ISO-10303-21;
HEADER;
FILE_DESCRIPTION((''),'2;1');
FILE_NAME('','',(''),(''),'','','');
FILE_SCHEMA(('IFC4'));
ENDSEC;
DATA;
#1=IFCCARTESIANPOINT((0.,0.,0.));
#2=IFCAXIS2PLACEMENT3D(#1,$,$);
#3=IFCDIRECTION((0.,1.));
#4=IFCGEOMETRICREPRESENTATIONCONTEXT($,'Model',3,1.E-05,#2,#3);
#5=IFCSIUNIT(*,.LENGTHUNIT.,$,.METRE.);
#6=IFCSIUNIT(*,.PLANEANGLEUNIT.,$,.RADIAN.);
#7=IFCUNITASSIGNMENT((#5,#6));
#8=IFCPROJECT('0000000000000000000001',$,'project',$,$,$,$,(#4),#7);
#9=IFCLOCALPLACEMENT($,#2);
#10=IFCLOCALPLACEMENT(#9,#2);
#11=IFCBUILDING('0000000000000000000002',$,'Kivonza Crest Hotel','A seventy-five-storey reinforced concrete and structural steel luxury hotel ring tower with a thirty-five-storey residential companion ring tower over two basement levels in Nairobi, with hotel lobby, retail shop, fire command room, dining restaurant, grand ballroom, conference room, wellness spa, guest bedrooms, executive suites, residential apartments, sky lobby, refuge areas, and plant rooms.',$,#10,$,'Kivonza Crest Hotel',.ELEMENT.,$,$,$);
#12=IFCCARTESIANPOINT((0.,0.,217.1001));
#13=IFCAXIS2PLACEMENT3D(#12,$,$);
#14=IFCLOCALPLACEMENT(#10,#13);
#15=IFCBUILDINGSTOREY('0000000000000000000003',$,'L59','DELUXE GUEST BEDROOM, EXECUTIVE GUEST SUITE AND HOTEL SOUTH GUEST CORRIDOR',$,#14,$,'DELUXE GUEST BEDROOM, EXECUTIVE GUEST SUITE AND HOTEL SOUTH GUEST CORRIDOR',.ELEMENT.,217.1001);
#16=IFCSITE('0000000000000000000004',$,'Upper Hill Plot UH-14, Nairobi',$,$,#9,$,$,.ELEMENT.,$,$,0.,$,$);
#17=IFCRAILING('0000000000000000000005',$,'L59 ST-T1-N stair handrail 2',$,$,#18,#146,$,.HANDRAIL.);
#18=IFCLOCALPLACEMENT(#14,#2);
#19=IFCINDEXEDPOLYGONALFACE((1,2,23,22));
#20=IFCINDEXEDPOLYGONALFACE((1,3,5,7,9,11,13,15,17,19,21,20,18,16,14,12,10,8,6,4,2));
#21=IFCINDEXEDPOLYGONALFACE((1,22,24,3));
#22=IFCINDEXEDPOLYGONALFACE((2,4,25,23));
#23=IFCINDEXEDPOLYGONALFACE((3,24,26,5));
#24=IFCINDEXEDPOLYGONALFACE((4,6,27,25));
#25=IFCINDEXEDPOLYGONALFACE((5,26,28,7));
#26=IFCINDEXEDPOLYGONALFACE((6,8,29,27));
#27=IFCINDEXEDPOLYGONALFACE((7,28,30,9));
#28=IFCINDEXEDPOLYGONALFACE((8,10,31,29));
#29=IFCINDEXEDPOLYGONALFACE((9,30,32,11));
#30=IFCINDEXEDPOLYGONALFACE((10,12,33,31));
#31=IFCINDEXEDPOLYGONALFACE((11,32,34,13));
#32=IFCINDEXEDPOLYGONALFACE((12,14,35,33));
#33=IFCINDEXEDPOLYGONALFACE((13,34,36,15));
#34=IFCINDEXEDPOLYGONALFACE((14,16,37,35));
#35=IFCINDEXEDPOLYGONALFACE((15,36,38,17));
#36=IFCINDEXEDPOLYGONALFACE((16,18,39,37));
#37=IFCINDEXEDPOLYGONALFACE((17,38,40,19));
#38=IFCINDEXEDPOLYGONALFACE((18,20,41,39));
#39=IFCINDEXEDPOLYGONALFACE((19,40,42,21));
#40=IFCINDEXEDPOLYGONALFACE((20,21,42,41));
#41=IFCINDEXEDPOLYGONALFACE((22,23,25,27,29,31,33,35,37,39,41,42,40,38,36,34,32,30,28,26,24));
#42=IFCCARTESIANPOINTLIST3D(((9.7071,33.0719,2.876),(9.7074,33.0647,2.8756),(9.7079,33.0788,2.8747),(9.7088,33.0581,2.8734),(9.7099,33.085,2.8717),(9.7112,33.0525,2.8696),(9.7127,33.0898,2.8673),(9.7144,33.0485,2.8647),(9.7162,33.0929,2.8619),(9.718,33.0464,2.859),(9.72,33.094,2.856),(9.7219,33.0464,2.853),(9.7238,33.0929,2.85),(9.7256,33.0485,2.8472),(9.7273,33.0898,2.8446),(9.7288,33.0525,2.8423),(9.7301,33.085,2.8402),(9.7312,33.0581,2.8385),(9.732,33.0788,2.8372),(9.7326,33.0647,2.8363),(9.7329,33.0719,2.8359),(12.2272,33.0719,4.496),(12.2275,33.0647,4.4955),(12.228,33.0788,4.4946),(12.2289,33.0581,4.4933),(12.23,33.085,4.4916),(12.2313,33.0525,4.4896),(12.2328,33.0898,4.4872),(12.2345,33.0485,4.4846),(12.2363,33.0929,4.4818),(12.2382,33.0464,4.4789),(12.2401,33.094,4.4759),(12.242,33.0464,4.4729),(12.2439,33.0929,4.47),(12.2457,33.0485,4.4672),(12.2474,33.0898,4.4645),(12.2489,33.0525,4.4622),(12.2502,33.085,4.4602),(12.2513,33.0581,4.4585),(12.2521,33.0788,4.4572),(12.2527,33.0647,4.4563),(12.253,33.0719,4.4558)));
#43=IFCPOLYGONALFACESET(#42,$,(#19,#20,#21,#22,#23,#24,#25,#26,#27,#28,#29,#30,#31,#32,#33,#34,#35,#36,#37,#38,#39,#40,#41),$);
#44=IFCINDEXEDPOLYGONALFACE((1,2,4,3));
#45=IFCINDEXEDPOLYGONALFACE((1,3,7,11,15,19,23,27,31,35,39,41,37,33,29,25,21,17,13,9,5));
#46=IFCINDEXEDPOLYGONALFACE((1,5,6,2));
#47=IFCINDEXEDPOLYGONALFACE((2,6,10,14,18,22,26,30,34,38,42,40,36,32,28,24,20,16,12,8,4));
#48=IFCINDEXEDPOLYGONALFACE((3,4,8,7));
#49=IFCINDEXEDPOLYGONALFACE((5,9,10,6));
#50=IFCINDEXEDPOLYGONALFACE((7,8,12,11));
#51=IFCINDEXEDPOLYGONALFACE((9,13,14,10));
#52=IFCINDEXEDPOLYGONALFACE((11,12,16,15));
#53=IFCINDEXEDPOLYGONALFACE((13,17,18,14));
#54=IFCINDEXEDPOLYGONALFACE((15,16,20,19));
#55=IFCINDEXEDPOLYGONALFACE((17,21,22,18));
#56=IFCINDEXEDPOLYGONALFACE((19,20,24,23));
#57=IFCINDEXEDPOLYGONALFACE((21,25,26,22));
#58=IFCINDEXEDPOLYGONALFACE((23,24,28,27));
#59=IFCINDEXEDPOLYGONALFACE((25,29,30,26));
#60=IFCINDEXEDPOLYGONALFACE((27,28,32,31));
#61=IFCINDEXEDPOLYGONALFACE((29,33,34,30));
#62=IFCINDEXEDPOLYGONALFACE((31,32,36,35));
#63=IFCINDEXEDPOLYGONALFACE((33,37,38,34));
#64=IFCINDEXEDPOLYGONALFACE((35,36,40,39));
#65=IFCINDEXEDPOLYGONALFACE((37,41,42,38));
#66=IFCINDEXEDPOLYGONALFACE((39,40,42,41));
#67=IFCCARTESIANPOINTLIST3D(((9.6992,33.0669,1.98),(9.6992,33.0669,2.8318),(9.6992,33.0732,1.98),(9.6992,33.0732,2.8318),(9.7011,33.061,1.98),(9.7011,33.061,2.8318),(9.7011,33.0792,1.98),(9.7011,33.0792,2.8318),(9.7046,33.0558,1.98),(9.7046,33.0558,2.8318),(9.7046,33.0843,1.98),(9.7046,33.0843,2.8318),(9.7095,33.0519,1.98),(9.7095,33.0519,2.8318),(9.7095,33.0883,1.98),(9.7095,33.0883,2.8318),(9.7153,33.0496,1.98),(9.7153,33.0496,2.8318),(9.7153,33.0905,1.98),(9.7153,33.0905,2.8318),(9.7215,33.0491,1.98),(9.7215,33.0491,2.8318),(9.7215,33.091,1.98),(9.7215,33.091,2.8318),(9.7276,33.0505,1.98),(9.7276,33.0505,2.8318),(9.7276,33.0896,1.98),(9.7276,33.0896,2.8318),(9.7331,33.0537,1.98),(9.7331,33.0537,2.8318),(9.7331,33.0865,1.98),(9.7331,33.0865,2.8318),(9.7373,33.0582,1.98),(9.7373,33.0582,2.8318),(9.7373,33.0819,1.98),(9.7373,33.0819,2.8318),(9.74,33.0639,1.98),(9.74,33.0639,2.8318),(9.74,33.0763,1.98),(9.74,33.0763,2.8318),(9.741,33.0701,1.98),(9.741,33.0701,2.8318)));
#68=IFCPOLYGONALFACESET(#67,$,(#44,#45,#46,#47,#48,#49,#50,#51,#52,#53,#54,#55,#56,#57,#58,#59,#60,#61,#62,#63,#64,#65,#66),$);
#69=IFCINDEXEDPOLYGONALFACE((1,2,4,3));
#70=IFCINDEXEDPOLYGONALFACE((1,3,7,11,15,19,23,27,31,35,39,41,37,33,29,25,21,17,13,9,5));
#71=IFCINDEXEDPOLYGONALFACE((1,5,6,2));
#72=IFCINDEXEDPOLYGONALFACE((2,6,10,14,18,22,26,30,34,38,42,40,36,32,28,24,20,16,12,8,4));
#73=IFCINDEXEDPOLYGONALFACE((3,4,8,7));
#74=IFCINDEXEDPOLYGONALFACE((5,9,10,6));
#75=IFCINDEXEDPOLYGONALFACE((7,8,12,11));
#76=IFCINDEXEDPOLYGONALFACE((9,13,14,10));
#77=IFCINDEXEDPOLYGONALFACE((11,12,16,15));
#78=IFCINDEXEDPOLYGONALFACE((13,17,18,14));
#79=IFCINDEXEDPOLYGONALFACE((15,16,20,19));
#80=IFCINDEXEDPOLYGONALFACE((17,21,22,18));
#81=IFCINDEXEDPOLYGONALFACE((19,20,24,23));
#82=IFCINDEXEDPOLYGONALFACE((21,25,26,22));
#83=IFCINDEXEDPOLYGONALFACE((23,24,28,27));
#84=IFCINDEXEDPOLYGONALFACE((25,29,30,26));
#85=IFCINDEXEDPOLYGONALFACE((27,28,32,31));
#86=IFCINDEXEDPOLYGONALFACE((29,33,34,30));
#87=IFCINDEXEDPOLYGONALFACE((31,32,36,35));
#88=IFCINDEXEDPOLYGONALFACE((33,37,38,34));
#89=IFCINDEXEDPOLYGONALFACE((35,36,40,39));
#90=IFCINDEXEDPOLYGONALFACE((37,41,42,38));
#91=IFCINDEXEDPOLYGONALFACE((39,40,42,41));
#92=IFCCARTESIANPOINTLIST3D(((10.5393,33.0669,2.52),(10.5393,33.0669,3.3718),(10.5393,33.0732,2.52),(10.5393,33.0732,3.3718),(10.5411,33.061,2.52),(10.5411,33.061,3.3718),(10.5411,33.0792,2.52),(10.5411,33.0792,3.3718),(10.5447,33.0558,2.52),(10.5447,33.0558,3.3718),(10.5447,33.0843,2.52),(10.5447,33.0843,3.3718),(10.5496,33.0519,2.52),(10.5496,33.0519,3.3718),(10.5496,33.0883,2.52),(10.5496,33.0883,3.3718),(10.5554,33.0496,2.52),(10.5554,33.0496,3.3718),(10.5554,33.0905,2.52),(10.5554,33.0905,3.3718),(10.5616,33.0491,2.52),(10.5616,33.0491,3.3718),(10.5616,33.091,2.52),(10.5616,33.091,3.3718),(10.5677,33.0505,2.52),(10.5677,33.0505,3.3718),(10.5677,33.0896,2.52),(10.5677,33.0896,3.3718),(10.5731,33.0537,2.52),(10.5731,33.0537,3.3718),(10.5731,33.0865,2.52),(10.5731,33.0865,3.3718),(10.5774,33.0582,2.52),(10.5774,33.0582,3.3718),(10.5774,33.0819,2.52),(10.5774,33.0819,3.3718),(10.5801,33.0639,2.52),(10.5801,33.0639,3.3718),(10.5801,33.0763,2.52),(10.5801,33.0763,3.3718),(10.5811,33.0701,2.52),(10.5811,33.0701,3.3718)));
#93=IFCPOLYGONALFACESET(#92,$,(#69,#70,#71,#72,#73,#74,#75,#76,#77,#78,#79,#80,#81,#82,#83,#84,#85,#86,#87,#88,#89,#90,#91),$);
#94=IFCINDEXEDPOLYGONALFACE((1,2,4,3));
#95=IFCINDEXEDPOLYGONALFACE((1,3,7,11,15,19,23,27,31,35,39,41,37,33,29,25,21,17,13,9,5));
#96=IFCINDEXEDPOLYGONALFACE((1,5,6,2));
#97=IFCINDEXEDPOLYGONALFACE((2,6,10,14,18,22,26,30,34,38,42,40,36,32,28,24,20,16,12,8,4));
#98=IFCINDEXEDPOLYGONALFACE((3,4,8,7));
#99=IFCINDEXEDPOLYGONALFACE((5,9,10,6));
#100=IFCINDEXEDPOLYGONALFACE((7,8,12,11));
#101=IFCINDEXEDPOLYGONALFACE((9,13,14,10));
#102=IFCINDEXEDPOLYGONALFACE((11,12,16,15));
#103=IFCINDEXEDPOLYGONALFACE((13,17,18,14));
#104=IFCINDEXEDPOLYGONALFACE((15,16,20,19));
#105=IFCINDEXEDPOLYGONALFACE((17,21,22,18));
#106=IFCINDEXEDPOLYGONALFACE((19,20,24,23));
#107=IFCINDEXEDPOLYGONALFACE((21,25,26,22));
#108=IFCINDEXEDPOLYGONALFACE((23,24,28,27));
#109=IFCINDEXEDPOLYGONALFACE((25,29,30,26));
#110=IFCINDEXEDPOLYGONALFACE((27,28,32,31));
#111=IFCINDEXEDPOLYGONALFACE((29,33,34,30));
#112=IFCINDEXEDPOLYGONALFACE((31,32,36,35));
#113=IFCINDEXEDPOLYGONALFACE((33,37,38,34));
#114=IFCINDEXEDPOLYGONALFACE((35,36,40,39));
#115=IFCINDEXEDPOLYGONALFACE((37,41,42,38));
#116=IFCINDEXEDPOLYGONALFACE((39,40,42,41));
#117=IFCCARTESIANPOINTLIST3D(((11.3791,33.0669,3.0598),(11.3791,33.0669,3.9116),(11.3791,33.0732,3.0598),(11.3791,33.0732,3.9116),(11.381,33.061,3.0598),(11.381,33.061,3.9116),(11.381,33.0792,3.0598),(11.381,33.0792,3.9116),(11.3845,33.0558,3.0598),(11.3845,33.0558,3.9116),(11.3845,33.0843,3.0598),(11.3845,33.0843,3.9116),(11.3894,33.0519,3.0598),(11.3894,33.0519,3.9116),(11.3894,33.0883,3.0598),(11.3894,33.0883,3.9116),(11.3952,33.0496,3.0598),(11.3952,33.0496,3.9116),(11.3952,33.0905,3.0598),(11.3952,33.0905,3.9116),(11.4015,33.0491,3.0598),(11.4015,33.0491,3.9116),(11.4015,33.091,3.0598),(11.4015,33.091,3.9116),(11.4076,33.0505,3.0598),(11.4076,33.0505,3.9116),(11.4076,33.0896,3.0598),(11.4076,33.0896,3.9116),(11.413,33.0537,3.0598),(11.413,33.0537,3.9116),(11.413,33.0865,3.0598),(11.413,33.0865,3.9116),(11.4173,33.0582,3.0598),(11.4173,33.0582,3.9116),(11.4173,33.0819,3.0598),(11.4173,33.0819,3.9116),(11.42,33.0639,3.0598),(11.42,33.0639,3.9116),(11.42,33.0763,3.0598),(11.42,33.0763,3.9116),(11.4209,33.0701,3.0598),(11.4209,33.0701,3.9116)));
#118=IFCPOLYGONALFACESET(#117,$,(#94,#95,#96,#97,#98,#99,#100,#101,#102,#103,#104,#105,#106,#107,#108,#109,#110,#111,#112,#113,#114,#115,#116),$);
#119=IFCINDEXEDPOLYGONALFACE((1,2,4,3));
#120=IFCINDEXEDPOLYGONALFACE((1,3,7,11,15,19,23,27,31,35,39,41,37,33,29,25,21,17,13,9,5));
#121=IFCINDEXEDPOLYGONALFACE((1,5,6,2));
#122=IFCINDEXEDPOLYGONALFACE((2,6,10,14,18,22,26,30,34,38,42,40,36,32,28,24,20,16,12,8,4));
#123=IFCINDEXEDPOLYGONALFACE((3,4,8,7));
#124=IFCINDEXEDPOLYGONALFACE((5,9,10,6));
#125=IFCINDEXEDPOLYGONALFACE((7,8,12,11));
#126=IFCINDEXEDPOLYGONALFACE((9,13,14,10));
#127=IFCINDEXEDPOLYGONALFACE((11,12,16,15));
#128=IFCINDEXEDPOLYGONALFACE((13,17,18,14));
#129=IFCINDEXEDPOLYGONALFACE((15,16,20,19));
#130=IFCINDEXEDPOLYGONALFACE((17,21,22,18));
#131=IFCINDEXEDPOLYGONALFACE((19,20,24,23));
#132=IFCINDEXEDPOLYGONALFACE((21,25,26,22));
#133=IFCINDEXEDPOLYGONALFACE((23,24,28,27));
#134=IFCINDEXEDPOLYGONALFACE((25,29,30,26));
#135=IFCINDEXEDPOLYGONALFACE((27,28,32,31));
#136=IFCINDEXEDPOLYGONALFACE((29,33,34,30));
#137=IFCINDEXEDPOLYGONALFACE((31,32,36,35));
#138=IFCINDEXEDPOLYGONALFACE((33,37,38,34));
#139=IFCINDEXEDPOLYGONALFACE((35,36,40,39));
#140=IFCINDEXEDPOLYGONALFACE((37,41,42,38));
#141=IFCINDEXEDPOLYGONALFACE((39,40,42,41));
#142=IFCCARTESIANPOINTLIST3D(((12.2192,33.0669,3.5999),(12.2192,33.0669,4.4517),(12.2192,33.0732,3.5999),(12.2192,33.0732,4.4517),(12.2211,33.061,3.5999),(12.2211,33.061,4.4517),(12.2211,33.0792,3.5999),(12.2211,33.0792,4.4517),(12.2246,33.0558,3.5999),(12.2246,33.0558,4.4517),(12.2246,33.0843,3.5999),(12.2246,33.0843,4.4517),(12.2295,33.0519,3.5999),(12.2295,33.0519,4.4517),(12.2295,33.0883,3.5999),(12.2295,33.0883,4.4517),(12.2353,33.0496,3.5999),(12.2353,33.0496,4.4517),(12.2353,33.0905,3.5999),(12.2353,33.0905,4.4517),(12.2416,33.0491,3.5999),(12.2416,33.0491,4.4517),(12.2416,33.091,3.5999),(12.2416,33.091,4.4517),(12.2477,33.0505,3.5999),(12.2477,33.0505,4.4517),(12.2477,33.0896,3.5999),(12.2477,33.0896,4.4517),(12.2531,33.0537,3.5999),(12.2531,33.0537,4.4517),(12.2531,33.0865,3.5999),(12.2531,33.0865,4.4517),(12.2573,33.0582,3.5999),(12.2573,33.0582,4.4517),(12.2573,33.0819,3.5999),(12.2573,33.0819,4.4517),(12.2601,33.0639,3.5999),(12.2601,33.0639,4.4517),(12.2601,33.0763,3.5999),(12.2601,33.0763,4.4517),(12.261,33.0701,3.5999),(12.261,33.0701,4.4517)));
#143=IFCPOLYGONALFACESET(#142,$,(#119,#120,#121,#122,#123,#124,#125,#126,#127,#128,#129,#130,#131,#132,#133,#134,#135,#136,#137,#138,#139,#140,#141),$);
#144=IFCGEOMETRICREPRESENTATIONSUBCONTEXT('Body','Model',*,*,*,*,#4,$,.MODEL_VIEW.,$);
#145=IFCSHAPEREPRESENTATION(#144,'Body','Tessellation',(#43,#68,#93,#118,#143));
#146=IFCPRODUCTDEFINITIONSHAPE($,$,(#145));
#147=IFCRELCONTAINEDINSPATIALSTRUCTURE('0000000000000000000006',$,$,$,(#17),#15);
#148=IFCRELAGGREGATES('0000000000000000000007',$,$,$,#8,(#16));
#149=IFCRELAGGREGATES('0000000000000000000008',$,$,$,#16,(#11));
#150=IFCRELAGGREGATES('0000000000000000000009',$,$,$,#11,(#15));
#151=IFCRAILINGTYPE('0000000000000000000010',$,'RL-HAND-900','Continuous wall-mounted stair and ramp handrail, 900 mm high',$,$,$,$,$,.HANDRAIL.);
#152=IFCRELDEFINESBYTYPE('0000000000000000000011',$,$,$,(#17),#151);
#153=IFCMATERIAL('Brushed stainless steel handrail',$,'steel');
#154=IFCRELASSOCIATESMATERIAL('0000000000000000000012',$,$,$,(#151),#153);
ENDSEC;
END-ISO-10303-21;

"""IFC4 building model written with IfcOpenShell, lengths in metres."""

from ifc_helpers import new_model, si_unit, direction, frame, origin, origin_2d, place, context, subcontext, project, spatial, circle, extrude, material, type_object, element, save


model = new_model("IFC4")

# Units and contexts
model_context = context("Model", 3, precision=1e-05, world=origin(), true_north=direction((0.0, 1.0)))
body_context = subcontext(model_context, "Body", "Model", "MODEL_VIEW")
ifc_project = project(units=[si_unit("LENGTHUNIT", "METRE"), si_unit("PLANEANGLEUNIT", "RADIAN")], contexts=[model_context])

# Site, building, storey
site_placement = place(None, origin())
site = spatial("IfcSite", under=ifc_project, at=site_placement, Name="Upper Hill Plot UH-14, Nairobi", CompositionType="ELEMENT", RefElevation=0.0)
building_placement = place(site_placement, origin())
building = spatial("IfcBuilding", under=site, at=building_placement, Name="Kivonza Crest Hotel", Description="A seventy-five-storey reinforced concrete and structural steel luxury hotel ring tower with a thirty-five-storey residential companion ring tower over two basement levels in Nairobi, with hotel lobby, retail shop, fire command room, dining restaurant, grand ballroom, conference room, wellness spa, guest bedrooms, executive suites, residential apartments, sky lobby, refuge areas, and plant rooms.", LongName="Kivonza Crest Hotel", CompositionType="ELEMENT")
storey_placement = place(building_placement, frame((0.0, 0.0, 217.1001)))
storey = spatial("IfcBuildingStorey", under=building, at=storey_placement, Name="L59", Description="DELUXE GUEST BEDROOM, EXECUTIVE GUEST SUITE AND HOTEL SOUTH GUEST CORRIDOR", LongName="DELUXE GUEST BEDROOM, EXECUTIVE GUEST SUITE AND HOTEL SOUTH GUEST CORRIDOR", CompositionType="ELEMENT", Elevation=217.1001)

# Railing
ifc_material_1 = material(Name="Brushed stainless steel handrail", Category="steel")
railing_type = type_object("IfcRailingType", Name="RL-HAND-900", Description="Continuous wall-mounted stair and ramp handrail, 900 mm high", PredefinedType="HANDRAIL", material=ifc_material_1)
railing_placement = place(storey_placement, frame((9.72, 33.0701, 1.98)))
element("IfcRailing", 1, at=railing_placement, inside=storey, type_object=railing_type, Name="L59 ST-T1-N stair handrail 2", PredefinedType="HANDRAIL", context=body_context, shape_type="SweptSolid", body=[
    extrude(circle(Radius=0.0239, at=origin_2d()), frame((0.0, 0.0, 0.876), z_axis=(0.8412, 0.0, 0.540725), x_axis=(0.0, 1.0, 0.0)), (0.0, 0.0, 1.0), 2.9958),
    extrude(circle(Radius=0.021, at=origin_2d()), origin(), (0.0, 0.0, 1.0), 0.8518),
    extrude(circle(Radius=0.021, at=origin_2d()), frame((0.8401, 0.0, 0.54)), (0.0, 0.0, 1.0), 0.8518),
    extrude(circle(Radius=0.021, at=origin_2d()), frame((1.6799, 0.0, 1.0798)), (0.0, 0.0, 1.0), 0.8518),
    extrude(circle(Radius=0.021, at=origin_2d()), frame((2.52, 0.0, 1.6199)), (0.0, 0.0, 1.0), 0.8518),
])

save(model, "model.ifc")
